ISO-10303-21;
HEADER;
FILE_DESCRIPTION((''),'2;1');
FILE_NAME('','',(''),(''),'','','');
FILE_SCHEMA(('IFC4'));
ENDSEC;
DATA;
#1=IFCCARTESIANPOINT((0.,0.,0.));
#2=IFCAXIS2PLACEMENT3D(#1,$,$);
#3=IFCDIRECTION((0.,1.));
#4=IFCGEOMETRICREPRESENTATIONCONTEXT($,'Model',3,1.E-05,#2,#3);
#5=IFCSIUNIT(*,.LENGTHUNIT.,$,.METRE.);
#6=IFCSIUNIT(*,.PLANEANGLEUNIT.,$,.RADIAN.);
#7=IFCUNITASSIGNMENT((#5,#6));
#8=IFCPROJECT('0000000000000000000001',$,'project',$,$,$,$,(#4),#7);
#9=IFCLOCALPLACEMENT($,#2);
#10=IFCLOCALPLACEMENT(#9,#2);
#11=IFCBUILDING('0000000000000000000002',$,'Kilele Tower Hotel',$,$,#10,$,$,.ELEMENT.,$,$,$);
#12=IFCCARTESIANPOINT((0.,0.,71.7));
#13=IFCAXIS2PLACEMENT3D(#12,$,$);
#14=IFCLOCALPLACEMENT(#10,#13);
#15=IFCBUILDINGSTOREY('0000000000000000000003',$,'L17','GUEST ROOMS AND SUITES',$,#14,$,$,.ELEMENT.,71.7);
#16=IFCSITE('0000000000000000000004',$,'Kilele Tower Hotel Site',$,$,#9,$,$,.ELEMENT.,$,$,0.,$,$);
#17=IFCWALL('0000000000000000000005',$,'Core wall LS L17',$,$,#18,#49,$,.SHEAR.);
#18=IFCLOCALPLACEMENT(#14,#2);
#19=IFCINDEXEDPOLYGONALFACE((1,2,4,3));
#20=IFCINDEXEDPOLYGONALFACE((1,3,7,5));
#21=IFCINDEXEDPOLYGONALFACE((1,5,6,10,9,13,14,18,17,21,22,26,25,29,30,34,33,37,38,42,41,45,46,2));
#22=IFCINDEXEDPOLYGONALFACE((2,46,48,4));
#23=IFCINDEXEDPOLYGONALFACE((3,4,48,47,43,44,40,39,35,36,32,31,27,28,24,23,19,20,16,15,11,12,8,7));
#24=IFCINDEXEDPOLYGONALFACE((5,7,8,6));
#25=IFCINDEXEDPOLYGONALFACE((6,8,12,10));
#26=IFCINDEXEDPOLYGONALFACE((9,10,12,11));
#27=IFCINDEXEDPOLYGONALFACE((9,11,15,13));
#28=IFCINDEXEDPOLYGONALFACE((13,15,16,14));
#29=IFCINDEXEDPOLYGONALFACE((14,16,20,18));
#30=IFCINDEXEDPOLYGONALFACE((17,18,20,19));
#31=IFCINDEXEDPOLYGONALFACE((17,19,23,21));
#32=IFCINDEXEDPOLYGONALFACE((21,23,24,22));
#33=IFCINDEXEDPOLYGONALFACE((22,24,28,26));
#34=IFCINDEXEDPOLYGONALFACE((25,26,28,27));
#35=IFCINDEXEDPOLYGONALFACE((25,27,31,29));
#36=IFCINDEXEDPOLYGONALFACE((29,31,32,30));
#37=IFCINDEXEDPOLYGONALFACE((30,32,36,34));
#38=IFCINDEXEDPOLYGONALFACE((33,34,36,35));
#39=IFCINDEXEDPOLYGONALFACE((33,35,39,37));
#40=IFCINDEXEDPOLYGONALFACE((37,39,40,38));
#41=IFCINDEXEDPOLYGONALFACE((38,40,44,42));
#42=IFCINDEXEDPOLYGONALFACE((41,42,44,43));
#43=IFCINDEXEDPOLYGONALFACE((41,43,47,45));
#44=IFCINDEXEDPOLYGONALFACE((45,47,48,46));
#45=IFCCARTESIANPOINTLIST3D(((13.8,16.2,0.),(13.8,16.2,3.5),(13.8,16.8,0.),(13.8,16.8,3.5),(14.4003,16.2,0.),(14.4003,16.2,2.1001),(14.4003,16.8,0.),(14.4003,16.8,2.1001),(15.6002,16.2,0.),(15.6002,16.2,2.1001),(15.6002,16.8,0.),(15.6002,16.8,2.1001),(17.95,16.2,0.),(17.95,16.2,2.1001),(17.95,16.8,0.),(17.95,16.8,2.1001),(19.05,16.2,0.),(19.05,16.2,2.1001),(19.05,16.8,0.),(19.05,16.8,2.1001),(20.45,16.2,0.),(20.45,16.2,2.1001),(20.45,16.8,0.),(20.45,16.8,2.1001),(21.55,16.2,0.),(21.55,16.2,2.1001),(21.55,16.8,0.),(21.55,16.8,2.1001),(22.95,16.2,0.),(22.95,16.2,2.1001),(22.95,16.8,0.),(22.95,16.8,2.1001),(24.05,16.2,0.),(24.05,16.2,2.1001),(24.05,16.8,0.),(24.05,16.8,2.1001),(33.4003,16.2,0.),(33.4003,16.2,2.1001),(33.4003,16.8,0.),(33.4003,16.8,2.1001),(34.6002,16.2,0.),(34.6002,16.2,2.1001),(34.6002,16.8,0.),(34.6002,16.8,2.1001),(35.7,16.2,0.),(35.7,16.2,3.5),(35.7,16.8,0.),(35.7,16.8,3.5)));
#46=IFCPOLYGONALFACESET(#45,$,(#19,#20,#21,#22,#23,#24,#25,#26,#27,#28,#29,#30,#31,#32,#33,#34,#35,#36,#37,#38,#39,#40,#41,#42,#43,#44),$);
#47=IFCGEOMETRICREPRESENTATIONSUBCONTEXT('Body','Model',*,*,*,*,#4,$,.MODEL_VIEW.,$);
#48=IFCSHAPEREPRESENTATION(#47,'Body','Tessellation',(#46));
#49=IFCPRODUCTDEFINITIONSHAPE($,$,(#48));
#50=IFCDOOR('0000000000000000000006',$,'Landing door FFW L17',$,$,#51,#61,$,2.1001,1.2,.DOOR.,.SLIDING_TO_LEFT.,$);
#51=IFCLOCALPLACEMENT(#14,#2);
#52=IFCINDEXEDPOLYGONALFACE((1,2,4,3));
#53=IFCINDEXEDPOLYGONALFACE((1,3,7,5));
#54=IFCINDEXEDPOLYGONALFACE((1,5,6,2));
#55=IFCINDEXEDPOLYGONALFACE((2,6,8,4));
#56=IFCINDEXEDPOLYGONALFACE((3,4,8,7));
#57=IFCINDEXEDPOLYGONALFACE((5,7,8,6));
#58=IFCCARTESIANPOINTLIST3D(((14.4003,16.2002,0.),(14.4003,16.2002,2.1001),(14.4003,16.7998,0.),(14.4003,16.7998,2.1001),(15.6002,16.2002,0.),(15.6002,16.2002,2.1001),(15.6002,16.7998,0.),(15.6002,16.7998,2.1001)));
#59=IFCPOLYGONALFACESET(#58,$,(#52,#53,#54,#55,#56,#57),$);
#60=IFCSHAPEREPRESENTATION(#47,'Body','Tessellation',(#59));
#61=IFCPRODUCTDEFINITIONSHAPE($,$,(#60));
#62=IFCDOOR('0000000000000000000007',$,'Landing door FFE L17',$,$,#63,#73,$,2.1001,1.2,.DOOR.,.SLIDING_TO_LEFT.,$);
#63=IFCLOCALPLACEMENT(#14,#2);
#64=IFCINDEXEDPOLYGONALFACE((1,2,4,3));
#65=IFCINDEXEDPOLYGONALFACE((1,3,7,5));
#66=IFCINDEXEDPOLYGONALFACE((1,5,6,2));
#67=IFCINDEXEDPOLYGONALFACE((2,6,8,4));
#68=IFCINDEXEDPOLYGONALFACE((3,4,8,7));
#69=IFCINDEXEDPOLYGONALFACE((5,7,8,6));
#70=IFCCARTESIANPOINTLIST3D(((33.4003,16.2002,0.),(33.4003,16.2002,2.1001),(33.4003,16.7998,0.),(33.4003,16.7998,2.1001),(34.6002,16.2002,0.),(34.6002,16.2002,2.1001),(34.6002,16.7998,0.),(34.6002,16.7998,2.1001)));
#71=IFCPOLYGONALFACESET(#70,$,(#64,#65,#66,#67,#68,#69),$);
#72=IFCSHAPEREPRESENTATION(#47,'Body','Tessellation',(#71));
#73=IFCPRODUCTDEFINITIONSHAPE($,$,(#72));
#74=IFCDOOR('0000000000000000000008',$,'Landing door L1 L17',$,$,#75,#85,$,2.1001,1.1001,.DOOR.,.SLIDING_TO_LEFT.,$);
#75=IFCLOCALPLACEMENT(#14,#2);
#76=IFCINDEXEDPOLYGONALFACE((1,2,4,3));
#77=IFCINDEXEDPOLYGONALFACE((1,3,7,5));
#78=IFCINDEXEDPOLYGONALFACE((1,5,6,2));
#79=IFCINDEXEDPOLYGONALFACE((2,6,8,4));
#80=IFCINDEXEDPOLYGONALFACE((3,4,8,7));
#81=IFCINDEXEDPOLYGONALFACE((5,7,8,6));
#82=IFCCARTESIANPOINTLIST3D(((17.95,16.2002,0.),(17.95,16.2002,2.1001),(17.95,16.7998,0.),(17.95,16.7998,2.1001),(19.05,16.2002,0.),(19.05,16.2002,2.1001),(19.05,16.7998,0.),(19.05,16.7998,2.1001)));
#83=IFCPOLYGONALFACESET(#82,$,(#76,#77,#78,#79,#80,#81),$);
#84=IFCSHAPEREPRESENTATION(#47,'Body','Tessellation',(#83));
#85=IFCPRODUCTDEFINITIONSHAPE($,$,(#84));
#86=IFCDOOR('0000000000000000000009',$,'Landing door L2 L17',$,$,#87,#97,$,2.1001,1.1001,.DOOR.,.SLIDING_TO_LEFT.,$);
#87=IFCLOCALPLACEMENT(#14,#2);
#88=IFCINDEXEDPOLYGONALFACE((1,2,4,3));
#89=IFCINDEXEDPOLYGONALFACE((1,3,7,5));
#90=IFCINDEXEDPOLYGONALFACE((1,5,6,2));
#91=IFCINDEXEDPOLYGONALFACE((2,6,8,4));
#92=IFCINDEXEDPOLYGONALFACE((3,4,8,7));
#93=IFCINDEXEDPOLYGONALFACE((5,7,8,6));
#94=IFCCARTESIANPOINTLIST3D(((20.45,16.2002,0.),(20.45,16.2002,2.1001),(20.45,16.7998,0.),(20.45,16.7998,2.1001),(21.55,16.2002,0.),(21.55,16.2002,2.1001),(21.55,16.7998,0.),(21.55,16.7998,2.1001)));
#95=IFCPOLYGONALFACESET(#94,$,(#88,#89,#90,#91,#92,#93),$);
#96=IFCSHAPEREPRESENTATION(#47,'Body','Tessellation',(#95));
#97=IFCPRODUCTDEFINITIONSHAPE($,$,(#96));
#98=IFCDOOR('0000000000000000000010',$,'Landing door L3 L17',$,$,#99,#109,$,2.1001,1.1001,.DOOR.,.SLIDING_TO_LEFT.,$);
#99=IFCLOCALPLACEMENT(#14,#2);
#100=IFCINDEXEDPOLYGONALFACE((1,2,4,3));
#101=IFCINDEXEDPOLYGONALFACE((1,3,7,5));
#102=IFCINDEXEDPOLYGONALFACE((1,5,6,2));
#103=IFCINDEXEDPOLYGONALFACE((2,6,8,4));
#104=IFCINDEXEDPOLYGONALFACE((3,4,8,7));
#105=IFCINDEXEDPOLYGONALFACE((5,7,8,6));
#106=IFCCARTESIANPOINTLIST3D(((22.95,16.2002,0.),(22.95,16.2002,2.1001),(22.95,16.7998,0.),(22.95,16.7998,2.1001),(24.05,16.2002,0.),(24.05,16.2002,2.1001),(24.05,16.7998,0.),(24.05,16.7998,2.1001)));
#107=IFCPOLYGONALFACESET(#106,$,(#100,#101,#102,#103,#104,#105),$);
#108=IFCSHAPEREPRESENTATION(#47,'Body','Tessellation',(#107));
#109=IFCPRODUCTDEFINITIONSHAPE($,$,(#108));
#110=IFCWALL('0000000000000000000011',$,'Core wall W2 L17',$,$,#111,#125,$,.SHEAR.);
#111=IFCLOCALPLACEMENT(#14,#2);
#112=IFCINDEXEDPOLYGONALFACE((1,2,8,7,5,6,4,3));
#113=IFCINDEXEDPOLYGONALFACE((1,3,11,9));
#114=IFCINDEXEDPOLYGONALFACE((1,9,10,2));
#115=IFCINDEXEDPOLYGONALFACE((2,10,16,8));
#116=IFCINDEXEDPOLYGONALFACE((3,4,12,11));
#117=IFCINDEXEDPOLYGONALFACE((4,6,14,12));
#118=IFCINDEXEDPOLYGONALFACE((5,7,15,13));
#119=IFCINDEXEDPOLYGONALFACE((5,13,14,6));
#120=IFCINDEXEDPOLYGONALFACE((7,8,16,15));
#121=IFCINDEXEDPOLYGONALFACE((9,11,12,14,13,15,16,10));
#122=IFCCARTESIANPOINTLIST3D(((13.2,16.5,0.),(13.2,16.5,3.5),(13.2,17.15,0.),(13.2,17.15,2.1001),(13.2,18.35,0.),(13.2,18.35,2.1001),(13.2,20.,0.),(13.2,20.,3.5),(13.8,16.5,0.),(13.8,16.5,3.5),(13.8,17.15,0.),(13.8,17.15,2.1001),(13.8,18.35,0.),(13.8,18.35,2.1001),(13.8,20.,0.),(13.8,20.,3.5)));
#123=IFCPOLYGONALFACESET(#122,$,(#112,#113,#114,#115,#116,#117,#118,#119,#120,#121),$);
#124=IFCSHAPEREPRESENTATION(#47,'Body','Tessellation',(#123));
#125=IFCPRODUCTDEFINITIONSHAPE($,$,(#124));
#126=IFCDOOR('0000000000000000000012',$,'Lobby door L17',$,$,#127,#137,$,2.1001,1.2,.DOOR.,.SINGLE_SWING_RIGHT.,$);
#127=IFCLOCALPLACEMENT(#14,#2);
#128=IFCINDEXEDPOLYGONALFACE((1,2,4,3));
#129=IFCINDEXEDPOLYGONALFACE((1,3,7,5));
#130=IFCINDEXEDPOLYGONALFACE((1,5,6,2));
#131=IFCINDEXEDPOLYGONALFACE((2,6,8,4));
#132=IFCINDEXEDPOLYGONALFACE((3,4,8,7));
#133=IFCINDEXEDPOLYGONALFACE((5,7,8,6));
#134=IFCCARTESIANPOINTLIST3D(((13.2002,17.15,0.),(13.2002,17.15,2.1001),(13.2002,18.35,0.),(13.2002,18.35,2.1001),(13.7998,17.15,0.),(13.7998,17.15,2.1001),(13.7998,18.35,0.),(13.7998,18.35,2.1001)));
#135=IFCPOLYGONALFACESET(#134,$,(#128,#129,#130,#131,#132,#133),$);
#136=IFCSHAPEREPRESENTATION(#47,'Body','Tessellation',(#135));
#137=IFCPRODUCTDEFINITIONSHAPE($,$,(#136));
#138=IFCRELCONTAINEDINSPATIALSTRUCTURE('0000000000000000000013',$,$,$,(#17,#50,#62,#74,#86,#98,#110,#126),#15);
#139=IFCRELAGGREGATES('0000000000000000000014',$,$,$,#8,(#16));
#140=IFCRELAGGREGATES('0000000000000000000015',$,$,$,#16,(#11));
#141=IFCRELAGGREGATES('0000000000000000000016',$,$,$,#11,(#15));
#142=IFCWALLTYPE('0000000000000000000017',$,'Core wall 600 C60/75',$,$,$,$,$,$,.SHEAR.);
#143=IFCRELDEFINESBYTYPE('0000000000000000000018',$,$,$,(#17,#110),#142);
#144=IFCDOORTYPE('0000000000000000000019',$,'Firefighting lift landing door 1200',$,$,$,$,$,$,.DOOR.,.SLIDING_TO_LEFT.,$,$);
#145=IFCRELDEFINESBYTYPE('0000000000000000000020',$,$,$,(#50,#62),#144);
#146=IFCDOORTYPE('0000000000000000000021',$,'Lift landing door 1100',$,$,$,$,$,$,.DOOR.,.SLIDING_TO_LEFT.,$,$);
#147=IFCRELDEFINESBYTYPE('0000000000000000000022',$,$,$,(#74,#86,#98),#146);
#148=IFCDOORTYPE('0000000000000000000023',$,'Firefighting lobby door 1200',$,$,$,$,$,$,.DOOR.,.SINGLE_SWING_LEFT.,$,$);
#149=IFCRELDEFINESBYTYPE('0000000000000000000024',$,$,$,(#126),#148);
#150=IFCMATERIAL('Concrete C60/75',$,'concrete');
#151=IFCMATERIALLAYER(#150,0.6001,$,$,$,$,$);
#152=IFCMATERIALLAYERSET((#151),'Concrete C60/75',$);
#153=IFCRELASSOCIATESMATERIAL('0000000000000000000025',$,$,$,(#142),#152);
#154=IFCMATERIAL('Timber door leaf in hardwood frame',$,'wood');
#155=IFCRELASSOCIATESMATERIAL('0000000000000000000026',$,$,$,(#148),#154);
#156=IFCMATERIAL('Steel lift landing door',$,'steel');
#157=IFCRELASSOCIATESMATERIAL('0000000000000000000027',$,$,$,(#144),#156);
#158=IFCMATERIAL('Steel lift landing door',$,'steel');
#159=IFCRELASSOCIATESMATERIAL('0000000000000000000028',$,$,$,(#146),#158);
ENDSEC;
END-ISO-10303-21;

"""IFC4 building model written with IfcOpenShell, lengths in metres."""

from ifc_helpers import new_model, si_unit, direction, frame, frame_2d, origin, place, context, subcontext, project, spatial, rectangle, extrude, material, layer, layer_set, type_object, element, fill, save


model = new_model("IFC4")

# Units and contexts
model_context = context("Model", 3, precision=1e-05, world=origin(), true_north=direction((0.0, 1.0)))
body_context = subcontext(model_context, "Body", "Model", "MODEL_VIEW")
ifc_project = project(units=[si_unit("LENGTHUNIT", "METRE"), si_unit("PLANEANGLEUNIT", "RADIAN")], contexts=[model_context])

# Site, building, storey
site_placement = place(None, origin())
site = spatial("IfcSite", under=ifc_project, at=site_placement, Name="Kilele Tower Hotel Site", CompositionType="ELEMENT", RefElevation=0.0)
building_placement = place(site_placement, origin())
building = spatial("IfcBuilding", under=site, at=building_placement, Name="Kilele Tower Hotel", CompositionType="ELEMENT")
storey_placement = place(building_placement, frame((0.0, 0.0, 71.7)))
storey = spatial("IfcBuildingStorey", under=building, at=storey_placement, Name="L17", Description="GUEST ROOMS AND SUITES", CompositionType="ELEMENT", Elevation=71.7)

# Shared definitions
ifc_material_1 = material(Name="Concrete C60/75", Category="concrete")
ifc_layer_1 = layer(ifc_material_1, 0.6001)
ifc_layer_set_1 = layer_set([ifc_layer_1], Name="Concrete C60/75")
wall_type_1 = type_object("IfcWallType", Name="Core wall 600 C60/75", PredefinedType="SHEAR", material=ifc_layer_set_1)
ifc_material_2 = material(Name="Timber door leaf in hardwood frame", Category="wood")
door_type_1 = type_object("IfcDoorType", Name="Firefighting lobby door 1200", OperationType="SINGLE_SWING_LEFT", PredefinedType="DOOR", material=ifc_material_2)

# Wall, openings, doors
wall_1_placement = place(storey_placement, frame((13.8, 16.5, 0.0), z_axis=(0.0, 0.0, 1.0), x_axis=(1.0, 0.0, 0.0)))
wall_1 = element("IfcWall", 1, at=wall_1_placement, inside=storey, type_object=wall_type_1, Name="Core wall LS L17", PredefinedType="SHEAR", context=body_context, shape_type="SweptSolid", body=[
    extrude(rectangle(XDim=21.8999, YDim=0.6001, at=frame_2d((10.95, 0.0))), origin(), (0.0, 0.0, 1.0), 3.5),
])
opening_1_placement = place(wall_1_placement, frame((4.1499, 0.0, 0.0)))
opening_1 = element("IfcOpeningElement", 2, at=opening_1_placement, cuts=wall_1, PredefinedType="OPENING", context=body_context, shape_type="SweptSolid", body=[
    extrude(rectangle(XDim=1.1001, YDim=2.1001, at=frame_2d((0.55, 1.05))), frame((0.0, 0.3101, 0.0), z_axis=(0.0, -1.0, 0.0), x_axis=(1.0, 0.0, 0.0)), (0.0, 0.0, 1.0), 0.6201),
])
opening_2_placement = place(wall_1_placement, frame((6.6499, 0.0, 0.0)))
opening_2 = element("IfcOpeningElement", 3, at=opening_2_placement, cuts=wall_1, PredefinedType="OPENING", context=body_context, shape_type="SweptSolid", body=[
    extrude(rectangle(XDim=1.1001, YDim=2.1001, at=frame_2d((0.55, 1.05))), frame((0.0, 0.3101, 0.0), z_axis=(0.0, -1.0, 0.0), x_axis=(1.0, 0.0, 0.0)), (0.0, 0.0, 1.0), 0.6201),
])
opening_3_placement = place(wall_1_placement, frame((9.1499, 0.0, 0.0)))
opening_3 = element("IfcOpeningElement", 4, at=opening_3_placement, cuts=wall_1, PredefinedType="OPENING", context=body_context, shape_type="SweptSolid", body=[
    extrude(rectangle(XDim=1.1001, YDim=2.1001, at=frame_2d((0.55, 1.05))), frame((0.0, 0.3101, 0.0), z_axis=(0.0, -1.0, 0.0), x_axis=(1.0, 0.0, 0.0)), (0.0, 0.0, 1.0), 0.6201),
])
opening_4_placement = place(wall_1_placement, frame((0.6001, 0.0, 0.0)))
opening_4 = element("IfcOpeningElement", 5, at=opening_4_placement, cuts=wall_1, PredefinedType="OPENING", context=body_context, shape_type="SweptSolid", body=[
    extrude(rectangle(XDim=1.2, YDim=2.1001, at=frame_2d((0.6001, 1.05))), frame((0.0, 0.3101, 0.0), z_axis=(0.0, -1.0, 0.0), x_axis=(1.0, 0.0, 0.0)), (0.0, 0.0, 1.0), 0.6201),
])
opening_5_placement = place(wall_1_placement, frame((19.6001, 0.0, 0.0)))
opening_5 = element("IfcOpeningElement", 6, at=opening_5_placement, cuts=wall_1, PredefinedType="OPENING", context=body_context, shape_type="SweptSolid", body=[
    extrude(rectangle(XDim=1.2, YDim=2.1001, at=frame_2d((0.6001, 1.05))), frame((0.0, 0.3101, 0.0), z_axis=(0.0, -1.0, 0.0), x_axis=(1.0, 0.0, 0.0)), (0.0, 0.0, 1.0), 0.6201),
])
ifc_material_3 = material(Name="Steel lift landing door", Category="steel")
door_type_2 = type_object("IfcDoorType", Name="Firefighting lift landing door 1200", OperationType="SLIDING_TO_LEFT", PredefinedType="DOOR", material=ifc_material_3)
door_1_placement = place(opening_4_placement, origin())
door_1 = element("IfcDoor", 7, at=door_1_placement, inside=storey, type_object=door_type_2, Name="Landing door FFW L17", OperationType="SLIDING_TO_LEFT", OverallHeight=2.1001, OverallWidth=1.2, PredefinedType="DOOR", context=body_context, shape_type="SweptSolid", body=[
    extrude(rectangle(XDim=1.2, YDim=2.1001, at=frame_2d((0.6001, 1.05))), frame((0.0, 0.2998, 0.0), z_axis=(0.0, -1.0, 0.0), x_axis=(1.0, 0.0, 0.0)), (0.0, 0.0, 1.0), 0.5996),
])
fill(opening_4, door_1)
door_2_placement = place(opening_5_placement, origin())
door_2 = element("IfcDoor", 8, at=door_2_placement, inside=storey, type_object=door_type_2, Name="Landing door FFE L17", OperationType="SLIDING_TO_LEFT", OverallHeight=2.1001, OverallWidth=1.2, PredefinedType="DOOR", context=body_context, shape_type="SweptSolid", body=[
    extrude(rectangle(XDim=1.2, YDim=2.1001, at=frame_2d((0.6001, 1.05))), frame((0.0, 0.2998, 0.0), z_axis=(0.0, -1.0, 0.0), x_axis=(1.0, 0.0, 0.0)), (0.0, 0.0, 1.0), 0.5996),
])
fill(opening_5, door_2)
ifc_material_4 = material(Name="Steel lift landing door", Category="steel")
door_type_3 = type_object("IfcDoorType", Name="Lift landing door 1100", OperationType="SLIDING_TO_LEFT", PredefinedType="DOOR", material=ifc_material_4)
door_3_placement = place(opening_1_placement, origin())
door_3 = element("IfcDoor", 9, at=door_3_placement, inside=storey, type_object=door_type_3, Name="Landing door L1 L17", OperationType="SLIDING_TO_LEFT", OverallHeight=2.1001, OverallWidth=1.1001, PredefinedType="DOOR", context=body_context, shape_type="SweptSolid", body=[
    extrude(rectangle(XDim=1.1001, YDim=2.1001, at=frame_2d((0.55, 1.05))), frame((0.0, 0.2998, 0.0), z_axis=(0.0, -1.0, 0.0), x_axis=(1.0, 0.0, 0.0)), (0.0, 0.0, 1.0), 0.5996),
])
fill(opening_1, door_3)
door_4_placement = place(opening_2_placement, origin())
door_4 = element("IfcDoor", 10, at=door_4_placement, inside=storey, type_object=door_type_3, Name="Landing door L2 L17", OperationType="SLIDING_TO_LEFT", OverallHeight=2.1001, OverallWidth=1.1001, PredefinedType="DOOR", context=body_context, shape_type="SweptSolid", body=[
    extrude(rectangle(XDim=1.1001, YDim=2.1001, at=frame_2d((0.55, 1.05))), frame((0.0, 0.2998, 0.0), z_axis=(0.0, -1.0, 0.0), x_axis=(1.0, 0.0, 0.0)), (0.0, 0.0, 1.0), 0.5996),
])
fill(opening_2, door_4)
door_5_placement = place(opening_3_placement, origin())
door_5 = element("IfcDoor", 11, at=door_5_placement, inside=storey, type_object=door_type_3, Name="Landing door L3 L17", OperationType="SLIDING_TO_LEFT", OverallHeight=2.1001, OverallWidth=1.1001, PredefinedType="DOOR", context=body_context, shape_type="SweptSolid", body=[
    extrude(rectangle(XDim=1.1001, YDim=2.1001, at=frame_2d((0.55, 1.05))), frame((0.0, 0.2998, 0.0), z_axis=(0.0, -1.0, 0.0), x_axis=(1.0, 0.0, 0.0)), (0.0, 0.0, 1.0), 0.5996),
])
fill(opening_3, door_5)

# Wall, opening, door
wall_2_placement = place(storey_placement, frame((13.5, 20.0, 0.0), z_axis=(0.0, 0.0, 1.0), x_axis=(0.0, -1.0, 0.0)))
wall_2 = element("IfcWall", 12, at=wall_2_placement, inside=storey, type_object=wall_type_1, Name="Core wall W2 L17", PredefinedType="SHEAR", context=body_context, shape_type="SweptSolid", body=[
    extrude(rectangle(XDim=3.5, YDim=0.6001, at=frame_2d((1.75, 0.0))), origin(), (0.0, 0.0, 1.0), 3.5),
])
opening_6_placement = place(wall_2_placement, frame((1.6499, 0.0, 0.0)))
opening_6 = element("IfcOpeningElement", 13, at=opening_6_placement, cuts=wall_2, PredefinedType="OPENING", context=body_context, shape_type="SweptSolid", body=[
    extrude(rectangle(XDim=1.2, YDim=2.1001, at=frame_2d((0.6001, 1.05))), frame((0.0, 0.3101, 0.0), z_axis=(0.0, -1.0, 0.0), x_axis=(1.0, 0.0, 0.0)), (0.0, 0.0, 1.0), 0.6201),
])
door_6_placement = place(opening_6_placement, origin())
door_6 = element("IfcDoor", 14, at=door_6_placement, inside=storey, type_object=door_type_1, Name="Lobby door L17", OperationType="SINGLE_SWING_RIGHT", OverallHeight=2.1001, OverallWidth=1.2, PredefinedType="DOOR", context=body_context, shape_type="SweptSolid", body=[
    extrude(rectangle(XDim=1.2, YDim=2.1001, at=frame_2d((0.6001, 1.05))), frame((0.0, 0.2998, 0.0), z_axis=(0.0, -1.0, 0.0), x_axis=(1.0, 0.0, 0.0)), (0.0, 0.0, 1.0), 0.5996),
])
fill(opening_6, door_6)

save(model, "model.ifc")
